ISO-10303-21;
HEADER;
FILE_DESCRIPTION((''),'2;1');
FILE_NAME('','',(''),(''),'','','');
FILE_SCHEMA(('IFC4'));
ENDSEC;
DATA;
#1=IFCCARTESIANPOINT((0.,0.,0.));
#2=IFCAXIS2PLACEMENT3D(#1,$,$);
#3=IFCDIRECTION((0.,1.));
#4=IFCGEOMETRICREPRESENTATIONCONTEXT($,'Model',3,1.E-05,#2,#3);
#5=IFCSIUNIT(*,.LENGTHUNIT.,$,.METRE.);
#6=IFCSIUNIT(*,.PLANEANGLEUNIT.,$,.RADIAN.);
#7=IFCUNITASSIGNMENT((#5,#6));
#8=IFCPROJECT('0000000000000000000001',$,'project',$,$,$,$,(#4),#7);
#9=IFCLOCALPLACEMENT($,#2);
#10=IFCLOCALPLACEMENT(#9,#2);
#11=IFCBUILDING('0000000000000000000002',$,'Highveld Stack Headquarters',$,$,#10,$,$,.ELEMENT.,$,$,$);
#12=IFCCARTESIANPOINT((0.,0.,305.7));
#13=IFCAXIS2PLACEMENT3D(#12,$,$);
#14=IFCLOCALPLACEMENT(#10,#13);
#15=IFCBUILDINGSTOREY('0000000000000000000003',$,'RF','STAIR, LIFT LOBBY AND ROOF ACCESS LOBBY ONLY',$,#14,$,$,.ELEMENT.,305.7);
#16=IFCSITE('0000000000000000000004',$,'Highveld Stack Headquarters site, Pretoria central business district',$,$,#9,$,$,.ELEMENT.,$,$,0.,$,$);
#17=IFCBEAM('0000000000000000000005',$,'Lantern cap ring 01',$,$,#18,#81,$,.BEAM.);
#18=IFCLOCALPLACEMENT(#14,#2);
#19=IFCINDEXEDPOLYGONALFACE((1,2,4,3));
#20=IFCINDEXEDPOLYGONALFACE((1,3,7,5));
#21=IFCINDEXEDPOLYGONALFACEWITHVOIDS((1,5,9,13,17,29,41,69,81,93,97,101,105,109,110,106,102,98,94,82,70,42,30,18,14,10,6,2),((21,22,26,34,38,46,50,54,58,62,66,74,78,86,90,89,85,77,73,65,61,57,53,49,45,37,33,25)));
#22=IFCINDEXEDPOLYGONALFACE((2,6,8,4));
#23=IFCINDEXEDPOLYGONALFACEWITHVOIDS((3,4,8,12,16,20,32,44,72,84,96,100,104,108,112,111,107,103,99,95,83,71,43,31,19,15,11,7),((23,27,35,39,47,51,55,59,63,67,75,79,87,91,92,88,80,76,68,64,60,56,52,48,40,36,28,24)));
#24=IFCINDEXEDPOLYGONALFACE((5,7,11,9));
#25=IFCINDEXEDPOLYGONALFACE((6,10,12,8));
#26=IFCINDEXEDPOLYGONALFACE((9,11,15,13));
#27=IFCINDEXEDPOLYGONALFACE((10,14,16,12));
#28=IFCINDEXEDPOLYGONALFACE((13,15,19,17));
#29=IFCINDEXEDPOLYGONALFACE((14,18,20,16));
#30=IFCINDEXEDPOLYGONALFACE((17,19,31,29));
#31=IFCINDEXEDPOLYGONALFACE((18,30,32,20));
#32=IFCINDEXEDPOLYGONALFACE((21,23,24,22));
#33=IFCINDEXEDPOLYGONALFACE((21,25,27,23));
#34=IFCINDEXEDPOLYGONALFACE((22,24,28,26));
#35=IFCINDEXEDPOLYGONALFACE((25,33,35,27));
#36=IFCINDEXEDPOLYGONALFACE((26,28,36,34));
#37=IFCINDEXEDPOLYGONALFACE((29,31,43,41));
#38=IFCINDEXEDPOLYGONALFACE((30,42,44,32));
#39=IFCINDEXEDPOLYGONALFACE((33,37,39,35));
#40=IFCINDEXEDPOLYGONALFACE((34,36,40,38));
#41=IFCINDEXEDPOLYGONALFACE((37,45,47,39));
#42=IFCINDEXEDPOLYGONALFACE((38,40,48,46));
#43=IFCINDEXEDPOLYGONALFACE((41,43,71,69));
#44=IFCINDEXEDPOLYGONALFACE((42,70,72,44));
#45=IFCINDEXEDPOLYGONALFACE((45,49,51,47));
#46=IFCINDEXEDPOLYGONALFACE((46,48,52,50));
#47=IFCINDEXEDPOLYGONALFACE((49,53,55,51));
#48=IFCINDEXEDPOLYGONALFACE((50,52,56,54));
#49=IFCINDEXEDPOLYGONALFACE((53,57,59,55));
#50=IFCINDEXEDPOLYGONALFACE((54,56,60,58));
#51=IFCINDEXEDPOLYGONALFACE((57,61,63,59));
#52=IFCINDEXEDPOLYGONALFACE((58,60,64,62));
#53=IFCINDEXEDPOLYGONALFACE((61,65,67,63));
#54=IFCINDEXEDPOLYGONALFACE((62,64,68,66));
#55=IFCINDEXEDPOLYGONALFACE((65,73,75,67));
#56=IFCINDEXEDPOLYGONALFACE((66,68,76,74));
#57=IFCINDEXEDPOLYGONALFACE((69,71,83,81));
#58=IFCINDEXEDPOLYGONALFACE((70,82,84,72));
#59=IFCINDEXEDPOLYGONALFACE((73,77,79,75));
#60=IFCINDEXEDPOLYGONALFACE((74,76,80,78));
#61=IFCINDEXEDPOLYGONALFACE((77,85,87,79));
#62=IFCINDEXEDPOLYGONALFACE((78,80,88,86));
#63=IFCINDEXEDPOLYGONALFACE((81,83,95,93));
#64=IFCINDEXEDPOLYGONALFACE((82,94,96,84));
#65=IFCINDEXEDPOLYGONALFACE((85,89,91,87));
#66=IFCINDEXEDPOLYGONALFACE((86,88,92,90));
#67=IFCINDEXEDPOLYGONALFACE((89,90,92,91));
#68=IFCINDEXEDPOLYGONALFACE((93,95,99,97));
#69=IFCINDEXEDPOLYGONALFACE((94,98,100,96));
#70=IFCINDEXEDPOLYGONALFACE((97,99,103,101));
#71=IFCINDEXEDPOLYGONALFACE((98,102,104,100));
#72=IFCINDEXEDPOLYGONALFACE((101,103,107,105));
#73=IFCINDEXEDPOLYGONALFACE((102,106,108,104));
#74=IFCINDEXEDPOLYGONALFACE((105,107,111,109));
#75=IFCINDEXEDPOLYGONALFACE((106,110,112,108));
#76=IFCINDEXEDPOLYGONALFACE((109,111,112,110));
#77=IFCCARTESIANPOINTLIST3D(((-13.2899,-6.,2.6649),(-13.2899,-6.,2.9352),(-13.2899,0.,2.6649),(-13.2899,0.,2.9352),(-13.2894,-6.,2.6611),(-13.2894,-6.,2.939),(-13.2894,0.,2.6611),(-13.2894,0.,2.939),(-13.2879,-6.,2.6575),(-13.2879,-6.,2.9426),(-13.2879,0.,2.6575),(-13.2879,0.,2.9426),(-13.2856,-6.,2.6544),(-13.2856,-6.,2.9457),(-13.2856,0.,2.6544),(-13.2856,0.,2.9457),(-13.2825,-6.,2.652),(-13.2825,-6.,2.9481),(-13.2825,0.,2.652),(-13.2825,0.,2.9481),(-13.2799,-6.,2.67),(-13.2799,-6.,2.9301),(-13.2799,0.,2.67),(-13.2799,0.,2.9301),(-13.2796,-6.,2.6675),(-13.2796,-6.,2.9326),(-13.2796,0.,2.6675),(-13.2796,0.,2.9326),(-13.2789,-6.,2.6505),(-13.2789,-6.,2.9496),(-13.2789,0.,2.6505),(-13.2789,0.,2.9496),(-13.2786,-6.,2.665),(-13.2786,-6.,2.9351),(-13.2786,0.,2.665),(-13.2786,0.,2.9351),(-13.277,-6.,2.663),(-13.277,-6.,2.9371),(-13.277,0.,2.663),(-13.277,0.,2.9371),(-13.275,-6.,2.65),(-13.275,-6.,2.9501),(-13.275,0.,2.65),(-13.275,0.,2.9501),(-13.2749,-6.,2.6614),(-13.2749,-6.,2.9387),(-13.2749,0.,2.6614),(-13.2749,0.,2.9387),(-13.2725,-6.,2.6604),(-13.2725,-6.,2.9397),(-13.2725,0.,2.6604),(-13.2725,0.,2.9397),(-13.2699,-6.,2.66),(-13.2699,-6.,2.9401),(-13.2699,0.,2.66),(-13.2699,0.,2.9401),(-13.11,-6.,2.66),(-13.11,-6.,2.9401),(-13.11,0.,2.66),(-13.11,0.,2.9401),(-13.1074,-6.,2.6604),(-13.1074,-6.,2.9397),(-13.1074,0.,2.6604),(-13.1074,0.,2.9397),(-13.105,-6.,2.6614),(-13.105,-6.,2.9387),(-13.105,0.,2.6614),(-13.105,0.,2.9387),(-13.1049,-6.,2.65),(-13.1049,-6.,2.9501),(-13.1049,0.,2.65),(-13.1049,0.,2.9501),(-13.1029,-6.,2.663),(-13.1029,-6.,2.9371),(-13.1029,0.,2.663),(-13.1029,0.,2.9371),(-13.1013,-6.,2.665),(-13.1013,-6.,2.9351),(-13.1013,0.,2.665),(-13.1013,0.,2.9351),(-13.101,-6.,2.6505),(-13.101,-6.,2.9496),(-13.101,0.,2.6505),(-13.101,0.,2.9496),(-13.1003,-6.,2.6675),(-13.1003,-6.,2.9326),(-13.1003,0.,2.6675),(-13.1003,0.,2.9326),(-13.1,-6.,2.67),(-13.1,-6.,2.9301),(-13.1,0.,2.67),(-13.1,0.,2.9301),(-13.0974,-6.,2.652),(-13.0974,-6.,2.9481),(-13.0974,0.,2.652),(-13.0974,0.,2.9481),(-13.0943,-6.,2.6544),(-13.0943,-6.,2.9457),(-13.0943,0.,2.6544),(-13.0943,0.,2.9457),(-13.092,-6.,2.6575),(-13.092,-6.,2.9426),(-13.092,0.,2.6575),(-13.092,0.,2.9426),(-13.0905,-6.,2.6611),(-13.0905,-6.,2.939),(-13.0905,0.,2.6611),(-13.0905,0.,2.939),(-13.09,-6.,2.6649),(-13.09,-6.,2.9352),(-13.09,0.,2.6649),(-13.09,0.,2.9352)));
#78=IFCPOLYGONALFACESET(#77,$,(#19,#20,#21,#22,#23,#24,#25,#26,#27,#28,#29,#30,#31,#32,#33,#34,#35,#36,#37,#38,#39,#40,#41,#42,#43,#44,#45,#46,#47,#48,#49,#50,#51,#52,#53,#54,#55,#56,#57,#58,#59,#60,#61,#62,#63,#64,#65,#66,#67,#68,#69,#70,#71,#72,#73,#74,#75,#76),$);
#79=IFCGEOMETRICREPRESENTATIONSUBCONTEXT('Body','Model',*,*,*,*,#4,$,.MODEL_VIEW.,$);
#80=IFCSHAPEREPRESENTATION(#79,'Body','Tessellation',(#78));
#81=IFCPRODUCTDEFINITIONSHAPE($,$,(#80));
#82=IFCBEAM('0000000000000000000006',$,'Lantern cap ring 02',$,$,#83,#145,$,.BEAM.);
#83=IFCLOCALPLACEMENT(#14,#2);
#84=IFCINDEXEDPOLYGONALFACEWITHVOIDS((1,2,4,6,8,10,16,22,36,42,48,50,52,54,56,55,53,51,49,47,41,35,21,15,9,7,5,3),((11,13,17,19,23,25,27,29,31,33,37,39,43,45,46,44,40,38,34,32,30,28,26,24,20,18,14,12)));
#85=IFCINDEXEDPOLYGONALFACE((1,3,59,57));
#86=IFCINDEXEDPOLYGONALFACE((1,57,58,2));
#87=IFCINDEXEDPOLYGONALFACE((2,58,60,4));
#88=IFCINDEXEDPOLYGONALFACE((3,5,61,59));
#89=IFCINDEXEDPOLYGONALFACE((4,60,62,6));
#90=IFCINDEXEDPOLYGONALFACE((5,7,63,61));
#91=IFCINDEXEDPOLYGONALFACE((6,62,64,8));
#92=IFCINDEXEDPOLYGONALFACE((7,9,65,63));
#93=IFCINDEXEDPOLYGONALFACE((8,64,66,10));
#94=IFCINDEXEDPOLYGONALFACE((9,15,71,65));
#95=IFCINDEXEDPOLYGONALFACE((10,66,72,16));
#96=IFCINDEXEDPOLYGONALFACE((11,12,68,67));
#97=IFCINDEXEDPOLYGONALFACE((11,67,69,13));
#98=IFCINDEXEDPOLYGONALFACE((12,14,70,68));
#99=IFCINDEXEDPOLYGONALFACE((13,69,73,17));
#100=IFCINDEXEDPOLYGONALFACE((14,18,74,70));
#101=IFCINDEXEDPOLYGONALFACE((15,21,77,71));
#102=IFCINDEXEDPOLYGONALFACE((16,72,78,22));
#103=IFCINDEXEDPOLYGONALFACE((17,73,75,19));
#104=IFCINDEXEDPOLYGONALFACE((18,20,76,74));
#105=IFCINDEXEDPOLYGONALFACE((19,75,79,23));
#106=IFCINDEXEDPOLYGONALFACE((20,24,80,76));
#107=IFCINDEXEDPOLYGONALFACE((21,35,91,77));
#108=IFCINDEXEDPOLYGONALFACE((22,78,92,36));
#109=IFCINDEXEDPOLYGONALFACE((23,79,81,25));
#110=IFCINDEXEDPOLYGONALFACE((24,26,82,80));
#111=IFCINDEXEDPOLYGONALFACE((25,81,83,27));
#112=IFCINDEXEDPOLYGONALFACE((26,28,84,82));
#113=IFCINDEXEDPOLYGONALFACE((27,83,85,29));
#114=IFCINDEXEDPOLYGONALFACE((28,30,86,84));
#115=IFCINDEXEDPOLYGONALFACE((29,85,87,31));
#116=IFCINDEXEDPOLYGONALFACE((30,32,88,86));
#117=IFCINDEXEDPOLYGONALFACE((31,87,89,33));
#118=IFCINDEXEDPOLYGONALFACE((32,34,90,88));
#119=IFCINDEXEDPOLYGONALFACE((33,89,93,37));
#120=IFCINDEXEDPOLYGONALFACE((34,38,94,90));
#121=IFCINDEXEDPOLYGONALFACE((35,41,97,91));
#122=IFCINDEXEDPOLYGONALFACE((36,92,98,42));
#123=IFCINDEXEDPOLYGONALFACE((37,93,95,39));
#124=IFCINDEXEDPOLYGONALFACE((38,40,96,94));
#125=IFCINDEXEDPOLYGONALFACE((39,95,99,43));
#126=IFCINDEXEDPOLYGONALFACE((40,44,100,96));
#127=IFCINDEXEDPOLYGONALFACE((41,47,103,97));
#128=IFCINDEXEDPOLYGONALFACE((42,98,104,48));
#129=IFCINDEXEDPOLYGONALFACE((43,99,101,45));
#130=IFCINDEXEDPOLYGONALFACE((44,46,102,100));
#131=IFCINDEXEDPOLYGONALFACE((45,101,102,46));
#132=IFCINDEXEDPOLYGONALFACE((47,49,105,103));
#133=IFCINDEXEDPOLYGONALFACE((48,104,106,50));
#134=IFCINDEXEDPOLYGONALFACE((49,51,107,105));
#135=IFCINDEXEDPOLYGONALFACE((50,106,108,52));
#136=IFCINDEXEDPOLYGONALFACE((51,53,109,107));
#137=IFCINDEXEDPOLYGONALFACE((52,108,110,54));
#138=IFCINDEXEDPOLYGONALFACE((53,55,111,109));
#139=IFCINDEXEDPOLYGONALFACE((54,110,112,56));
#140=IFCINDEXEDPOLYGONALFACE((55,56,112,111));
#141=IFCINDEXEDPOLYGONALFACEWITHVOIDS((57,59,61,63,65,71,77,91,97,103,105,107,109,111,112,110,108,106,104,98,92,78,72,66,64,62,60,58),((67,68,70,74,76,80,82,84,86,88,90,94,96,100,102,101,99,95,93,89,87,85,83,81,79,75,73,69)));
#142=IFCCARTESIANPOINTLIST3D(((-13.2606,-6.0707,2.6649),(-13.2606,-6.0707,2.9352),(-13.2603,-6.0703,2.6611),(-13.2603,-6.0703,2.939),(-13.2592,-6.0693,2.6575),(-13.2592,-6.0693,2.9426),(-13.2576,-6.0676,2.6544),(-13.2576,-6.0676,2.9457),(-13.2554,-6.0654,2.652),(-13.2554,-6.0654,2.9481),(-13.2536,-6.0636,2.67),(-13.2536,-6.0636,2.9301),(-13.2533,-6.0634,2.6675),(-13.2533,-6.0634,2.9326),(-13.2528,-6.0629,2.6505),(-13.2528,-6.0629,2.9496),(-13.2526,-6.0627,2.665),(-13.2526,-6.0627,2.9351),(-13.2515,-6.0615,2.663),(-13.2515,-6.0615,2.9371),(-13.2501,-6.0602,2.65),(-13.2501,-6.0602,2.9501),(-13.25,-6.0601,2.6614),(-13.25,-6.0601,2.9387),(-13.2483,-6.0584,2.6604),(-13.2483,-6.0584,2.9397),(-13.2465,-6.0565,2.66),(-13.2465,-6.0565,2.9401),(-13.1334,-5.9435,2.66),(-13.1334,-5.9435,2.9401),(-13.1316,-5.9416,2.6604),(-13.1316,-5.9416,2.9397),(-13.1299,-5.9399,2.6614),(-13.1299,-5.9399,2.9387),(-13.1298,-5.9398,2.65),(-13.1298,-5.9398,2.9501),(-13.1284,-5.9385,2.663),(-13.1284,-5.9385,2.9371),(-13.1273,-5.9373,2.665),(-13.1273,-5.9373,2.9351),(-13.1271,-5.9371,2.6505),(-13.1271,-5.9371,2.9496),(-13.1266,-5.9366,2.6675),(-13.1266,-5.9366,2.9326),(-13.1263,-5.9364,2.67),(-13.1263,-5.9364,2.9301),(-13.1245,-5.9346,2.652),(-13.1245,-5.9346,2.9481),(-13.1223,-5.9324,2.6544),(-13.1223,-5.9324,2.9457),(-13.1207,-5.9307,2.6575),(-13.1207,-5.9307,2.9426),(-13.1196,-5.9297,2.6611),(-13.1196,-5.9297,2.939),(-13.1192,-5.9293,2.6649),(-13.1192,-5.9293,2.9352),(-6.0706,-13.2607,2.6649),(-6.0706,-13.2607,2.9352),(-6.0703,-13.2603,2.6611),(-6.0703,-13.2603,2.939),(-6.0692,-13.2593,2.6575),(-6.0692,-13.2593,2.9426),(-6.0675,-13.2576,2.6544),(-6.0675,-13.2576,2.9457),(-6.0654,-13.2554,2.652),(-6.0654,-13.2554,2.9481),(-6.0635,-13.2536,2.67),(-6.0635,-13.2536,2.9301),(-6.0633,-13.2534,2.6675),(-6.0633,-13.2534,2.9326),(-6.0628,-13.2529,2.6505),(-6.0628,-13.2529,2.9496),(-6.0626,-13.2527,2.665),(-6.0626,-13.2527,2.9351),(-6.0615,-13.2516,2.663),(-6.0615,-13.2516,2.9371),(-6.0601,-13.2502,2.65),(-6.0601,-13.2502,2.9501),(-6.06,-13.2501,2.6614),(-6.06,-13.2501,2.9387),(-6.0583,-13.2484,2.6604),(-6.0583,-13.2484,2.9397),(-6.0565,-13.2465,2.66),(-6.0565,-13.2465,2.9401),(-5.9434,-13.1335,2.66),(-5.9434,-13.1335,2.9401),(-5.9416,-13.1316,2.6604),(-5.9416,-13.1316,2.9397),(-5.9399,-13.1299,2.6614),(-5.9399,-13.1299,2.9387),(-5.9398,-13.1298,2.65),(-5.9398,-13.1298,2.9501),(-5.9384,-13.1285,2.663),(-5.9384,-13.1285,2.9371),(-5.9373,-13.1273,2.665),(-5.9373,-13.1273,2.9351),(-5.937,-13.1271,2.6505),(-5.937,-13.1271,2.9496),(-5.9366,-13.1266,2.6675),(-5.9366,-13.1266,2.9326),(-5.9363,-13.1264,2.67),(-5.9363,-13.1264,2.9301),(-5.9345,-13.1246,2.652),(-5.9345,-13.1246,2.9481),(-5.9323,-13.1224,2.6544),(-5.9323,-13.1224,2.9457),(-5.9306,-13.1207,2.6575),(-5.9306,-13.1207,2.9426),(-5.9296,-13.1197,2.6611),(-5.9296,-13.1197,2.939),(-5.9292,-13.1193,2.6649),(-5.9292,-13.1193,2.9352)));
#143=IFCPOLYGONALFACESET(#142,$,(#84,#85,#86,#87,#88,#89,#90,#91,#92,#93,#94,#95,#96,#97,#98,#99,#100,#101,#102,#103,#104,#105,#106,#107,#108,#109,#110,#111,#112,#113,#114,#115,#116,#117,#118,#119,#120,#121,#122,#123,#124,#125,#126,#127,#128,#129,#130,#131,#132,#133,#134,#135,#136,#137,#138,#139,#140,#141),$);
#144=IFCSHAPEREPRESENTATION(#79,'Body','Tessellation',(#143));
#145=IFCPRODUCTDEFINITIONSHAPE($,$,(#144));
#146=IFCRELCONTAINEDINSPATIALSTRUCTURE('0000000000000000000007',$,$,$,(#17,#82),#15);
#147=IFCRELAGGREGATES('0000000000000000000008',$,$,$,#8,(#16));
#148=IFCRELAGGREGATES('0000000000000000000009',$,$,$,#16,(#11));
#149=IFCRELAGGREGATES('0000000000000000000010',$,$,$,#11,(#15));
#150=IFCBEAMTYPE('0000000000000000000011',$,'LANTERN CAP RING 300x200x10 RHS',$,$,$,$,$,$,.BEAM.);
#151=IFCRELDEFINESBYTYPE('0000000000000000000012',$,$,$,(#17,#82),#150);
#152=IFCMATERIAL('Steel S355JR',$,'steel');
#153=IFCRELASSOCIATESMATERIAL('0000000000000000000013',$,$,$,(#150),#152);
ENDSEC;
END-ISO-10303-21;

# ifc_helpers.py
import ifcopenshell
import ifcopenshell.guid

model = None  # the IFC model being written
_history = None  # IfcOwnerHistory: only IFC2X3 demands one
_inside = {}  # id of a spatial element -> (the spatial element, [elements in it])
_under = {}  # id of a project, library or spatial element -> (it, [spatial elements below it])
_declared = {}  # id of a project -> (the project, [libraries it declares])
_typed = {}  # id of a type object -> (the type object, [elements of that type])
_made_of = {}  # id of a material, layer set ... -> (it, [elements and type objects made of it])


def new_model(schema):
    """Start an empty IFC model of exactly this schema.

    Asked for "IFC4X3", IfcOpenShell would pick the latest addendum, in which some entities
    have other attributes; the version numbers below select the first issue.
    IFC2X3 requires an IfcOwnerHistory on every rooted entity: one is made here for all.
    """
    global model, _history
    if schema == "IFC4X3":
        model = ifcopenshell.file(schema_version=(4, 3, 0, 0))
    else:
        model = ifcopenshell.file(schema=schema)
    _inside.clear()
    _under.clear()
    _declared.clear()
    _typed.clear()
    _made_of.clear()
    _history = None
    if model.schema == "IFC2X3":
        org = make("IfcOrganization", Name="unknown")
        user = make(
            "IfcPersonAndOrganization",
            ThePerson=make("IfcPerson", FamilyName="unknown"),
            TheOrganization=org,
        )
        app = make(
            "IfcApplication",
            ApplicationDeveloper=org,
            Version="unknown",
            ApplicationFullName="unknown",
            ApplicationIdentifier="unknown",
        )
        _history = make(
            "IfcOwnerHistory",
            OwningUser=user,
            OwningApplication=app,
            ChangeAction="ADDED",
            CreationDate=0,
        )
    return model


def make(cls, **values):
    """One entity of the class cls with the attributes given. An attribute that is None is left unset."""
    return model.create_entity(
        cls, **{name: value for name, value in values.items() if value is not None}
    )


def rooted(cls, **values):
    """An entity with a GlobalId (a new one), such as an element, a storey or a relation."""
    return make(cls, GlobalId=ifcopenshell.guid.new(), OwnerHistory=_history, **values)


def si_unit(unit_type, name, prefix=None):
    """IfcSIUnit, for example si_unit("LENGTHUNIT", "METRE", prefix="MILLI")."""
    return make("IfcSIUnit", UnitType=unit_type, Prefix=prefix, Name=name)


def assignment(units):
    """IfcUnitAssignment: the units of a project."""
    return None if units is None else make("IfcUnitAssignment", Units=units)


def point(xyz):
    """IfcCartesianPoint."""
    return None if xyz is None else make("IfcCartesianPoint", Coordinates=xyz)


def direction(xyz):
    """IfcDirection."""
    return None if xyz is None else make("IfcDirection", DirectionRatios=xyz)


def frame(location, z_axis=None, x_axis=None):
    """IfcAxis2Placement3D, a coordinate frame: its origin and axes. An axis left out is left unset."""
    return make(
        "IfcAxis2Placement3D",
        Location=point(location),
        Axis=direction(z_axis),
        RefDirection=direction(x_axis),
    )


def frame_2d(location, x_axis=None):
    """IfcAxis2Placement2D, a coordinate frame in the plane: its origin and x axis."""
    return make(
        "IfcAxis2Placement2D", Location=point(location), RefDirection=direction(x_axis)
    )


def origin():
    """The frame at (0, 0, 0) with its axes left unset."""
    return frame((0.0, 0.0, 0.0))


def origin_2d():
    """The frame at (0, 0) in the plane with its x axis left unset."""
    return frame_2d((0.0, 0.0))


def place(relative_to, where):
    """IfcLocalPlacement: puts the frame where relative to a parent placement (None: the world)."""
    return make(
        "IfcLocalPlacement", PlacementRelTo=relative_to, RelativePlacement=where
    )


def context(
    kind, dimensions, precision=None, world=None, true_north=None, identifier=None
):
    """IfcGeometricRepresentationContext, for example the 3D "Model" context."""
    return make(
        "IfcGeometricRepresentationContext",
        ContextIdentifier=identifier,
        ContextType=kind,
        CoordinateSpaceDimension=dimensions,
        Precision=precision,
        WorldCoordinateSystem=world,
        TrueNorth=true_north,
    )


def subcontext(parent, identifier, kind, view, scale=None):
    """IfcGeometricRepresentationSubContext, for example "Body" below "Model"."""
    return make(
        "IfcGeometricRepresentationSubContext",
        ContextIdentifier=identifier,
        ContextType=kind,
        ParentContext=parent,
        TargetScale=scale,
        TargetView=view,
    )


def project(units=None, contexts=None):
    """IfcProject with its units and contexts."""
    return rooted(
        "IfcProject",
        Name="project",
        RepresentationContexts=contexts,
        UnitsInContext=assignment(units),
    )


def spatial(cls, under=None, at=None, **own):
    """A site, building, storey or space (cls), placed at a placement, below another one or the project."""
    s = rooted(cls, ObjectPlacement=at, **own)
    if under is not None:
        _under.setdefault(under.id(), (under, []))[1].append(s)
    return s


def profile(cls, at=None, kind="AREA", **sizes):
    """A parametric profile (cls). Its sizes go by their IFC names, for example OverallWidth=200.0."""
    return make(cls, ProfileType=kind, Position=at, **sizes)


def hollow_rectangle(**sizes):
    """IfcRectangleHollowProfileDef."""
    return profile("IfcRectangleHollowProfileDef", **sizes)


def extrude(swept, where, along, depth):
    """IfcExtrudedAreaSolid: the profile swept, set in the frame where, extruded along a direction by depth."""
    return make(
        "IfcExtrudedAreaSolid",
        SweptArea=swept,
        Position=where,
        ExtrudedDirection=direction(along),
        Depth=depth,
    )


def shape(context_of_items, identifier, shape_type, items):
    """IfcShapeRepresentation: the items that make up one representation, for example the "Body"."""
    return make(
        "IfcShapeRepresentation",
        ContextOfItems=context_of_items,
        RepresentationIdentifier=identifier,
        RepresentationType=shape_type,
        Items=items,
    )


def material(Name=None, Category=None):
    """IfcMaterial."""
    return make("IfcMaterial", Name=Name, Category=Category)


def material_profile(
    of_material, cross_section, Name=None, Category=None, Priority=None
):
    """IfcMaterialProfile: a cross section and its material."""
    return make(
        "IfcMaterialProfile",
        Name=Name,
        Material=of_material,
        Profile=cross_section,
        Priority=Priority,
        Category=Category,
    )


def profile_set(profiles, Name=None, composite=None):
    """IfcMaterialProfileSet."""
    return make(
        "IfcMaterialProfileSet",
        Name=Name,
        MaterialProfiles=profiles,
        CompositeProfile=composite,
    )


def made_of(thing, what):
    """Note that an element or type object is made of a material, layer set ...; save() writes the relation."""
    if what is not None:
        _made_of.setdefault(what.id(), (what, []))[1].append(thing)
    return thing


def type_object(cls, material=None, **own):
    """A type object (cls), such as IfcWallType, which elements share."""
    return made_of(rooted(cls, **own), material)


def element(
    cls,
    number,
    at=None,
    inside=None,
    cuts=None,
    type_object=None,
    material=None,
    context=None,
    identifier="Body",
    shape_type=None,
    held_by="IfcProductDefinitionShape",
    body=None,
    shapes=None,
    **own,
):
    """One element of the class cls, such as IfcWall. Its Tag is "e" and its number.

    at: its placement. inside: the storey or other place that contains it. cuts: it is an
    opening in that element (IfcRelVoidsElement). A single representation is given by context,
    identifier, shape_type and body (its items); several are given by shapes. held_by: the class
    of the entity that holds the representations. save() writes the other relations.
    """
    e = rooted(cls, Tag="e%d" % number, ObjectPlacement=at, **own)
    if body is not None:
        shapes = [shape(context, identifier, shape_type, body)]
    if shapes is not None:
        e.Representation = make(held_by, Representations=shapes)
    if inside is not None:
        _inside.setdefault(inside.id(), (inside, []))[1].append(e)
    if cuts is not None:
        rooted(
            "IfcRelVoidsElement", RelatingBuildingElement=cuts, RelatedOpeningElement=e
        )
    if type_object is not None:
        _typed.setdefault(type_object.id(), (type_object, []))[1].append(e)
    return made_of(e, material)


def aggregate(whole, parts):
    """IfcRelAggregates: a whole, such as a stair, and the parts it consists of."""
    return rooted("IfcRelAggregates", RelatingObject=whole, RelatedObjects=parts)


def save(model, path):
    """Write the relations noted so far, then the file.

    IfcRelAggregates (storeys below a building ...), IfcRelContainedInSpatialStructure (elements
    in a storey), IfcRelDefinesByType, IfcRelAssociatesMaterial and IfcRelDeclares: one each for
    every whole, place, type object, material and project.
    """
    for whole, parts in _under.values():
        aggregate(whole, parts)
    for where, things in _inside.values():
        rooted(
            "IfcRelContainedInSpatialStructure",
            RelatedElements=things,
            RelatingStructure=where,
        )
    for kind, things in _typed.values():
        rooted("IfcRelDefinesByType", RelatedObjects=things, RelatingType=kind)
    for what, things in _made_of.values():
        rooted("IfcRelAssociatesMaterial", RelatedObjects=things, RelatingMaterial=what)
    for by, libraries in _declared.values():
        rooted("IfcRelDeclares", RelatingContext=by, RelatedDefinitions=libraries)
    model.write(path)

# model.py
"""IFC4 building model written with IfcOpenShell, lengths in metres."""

from ifc_helpers import new_model, si_unit, direction, frame, origin, origin_2d, place, context, subcontext, project, spatial, hollow_rectangle, extrude, material, material_profile, profile_set, type_object, element, save


model = new_model("IFC4")

# Units and contexts
model_context = context("Model", 3, precision=1e-05, world=origin(), true_north=direction((0.0, 1.0)))
body_context = subcontext(model_context, "Body", "Model", "MODEL_VIEW")
ifc_project = project(units=[si_unit("LENGTHUNIT", "METRE"), si_unit("PLANEANGLEUNIT", "RADIAN")], contexts=[model_context])

# Site, building, storey
site_placement = place(None, origin())
site = spatial("IfcSite", under=ifc_project, at=site_placement, Name="Highveld Stack Headquarters site, Pretoria central business district", CompositionType="ELEMENT", RefElevation=0.0)
building_placement = place(site_placement, origin())
building = spatial("IfcBuilding", under=site, at=building_placement, Name="Highveld Stack Headquarters", CompositionType="ELEMENT")
storey_placement = place(building_placement, frame((0.0, 0.0, 305.7)))
storey = spatial("IfcBuildingStorey", under=building, at=storey_placement, Name="RF", Description="STAIR, LIFT LOBBY AND ROOF ACCESS LOBBY ONLY", CompositionType="ELEMENT", Elevation=305.7)

# Beams
ifc_material_1 = material(Name="Steel S355JR", Category="steel")
ifc_material_profile_1 = material_profile(ifc_material_1, hollow_rectangle(XDim=0.2, YDim=0.3, WallThickness=0.01, InnerFilletRadius=0.01, OuterFilletRadius=0.0149, at=origin_2d()), Name="300x200x10 RHS")
ifc_profile_set_1 = profile_set([ifc_material_profile_1], Name="Steel S355JR")
beam_type_1 = type_object("IfcBeamType", Name="LANTERN CAP RING 300x200x10 RHS", PredefinedType="BEAM", material=ifc_profile_set_1)
beam_1_placement = place(storey_placement, frame((-13.1899, 0.0, 2.8), z_axis=(0.0, -1.0, 0.0), x_axis=(1.0, 0.0, 0.0)))
element("IfcBeam", 1, at=beam_1_placement, inside=storey, type_object=beam_type_1, Name="Lantern cap ring 01", PredefinedType="BEAM", context=body_context, shape_type="SweptSolid", body=[
    extrude(hollow_rectangle(XDim=0.2, YDim=0.3, WallThickness=0.01, InnerFilletRadius=0.01, OuterFilletRadius=0.0149, at=origin_2d()), origin(), (0.0, 0.0, 1.0), 6.0),
])
beam_2_placement = place(storey_placement, frame((-13.1899, -6.0, 2.8), z_axis=(0.707107, -0.707107, 0.0), x_axis=(0.707107, 0.707107, 0.0)))
element("IfcBeam", 2, at=beam_2_placement, inside=storey, type_object=beam_type_1, Name="Lantern cap ring 02", PredefinedType="BEAM", context=body_context, shape_type="SweptSolid", body=[
    extrude(hollow_rectangle(XDim=0.2, YDim=0.3, WallThickness=0.01, InnerFilletRadius=0.01, OuterFilletRadius=0.0149, at=origin_2d()), origin(), (0.0, 0.0, 1.0), 10.1682),
])

save(model, "model.ifc")
